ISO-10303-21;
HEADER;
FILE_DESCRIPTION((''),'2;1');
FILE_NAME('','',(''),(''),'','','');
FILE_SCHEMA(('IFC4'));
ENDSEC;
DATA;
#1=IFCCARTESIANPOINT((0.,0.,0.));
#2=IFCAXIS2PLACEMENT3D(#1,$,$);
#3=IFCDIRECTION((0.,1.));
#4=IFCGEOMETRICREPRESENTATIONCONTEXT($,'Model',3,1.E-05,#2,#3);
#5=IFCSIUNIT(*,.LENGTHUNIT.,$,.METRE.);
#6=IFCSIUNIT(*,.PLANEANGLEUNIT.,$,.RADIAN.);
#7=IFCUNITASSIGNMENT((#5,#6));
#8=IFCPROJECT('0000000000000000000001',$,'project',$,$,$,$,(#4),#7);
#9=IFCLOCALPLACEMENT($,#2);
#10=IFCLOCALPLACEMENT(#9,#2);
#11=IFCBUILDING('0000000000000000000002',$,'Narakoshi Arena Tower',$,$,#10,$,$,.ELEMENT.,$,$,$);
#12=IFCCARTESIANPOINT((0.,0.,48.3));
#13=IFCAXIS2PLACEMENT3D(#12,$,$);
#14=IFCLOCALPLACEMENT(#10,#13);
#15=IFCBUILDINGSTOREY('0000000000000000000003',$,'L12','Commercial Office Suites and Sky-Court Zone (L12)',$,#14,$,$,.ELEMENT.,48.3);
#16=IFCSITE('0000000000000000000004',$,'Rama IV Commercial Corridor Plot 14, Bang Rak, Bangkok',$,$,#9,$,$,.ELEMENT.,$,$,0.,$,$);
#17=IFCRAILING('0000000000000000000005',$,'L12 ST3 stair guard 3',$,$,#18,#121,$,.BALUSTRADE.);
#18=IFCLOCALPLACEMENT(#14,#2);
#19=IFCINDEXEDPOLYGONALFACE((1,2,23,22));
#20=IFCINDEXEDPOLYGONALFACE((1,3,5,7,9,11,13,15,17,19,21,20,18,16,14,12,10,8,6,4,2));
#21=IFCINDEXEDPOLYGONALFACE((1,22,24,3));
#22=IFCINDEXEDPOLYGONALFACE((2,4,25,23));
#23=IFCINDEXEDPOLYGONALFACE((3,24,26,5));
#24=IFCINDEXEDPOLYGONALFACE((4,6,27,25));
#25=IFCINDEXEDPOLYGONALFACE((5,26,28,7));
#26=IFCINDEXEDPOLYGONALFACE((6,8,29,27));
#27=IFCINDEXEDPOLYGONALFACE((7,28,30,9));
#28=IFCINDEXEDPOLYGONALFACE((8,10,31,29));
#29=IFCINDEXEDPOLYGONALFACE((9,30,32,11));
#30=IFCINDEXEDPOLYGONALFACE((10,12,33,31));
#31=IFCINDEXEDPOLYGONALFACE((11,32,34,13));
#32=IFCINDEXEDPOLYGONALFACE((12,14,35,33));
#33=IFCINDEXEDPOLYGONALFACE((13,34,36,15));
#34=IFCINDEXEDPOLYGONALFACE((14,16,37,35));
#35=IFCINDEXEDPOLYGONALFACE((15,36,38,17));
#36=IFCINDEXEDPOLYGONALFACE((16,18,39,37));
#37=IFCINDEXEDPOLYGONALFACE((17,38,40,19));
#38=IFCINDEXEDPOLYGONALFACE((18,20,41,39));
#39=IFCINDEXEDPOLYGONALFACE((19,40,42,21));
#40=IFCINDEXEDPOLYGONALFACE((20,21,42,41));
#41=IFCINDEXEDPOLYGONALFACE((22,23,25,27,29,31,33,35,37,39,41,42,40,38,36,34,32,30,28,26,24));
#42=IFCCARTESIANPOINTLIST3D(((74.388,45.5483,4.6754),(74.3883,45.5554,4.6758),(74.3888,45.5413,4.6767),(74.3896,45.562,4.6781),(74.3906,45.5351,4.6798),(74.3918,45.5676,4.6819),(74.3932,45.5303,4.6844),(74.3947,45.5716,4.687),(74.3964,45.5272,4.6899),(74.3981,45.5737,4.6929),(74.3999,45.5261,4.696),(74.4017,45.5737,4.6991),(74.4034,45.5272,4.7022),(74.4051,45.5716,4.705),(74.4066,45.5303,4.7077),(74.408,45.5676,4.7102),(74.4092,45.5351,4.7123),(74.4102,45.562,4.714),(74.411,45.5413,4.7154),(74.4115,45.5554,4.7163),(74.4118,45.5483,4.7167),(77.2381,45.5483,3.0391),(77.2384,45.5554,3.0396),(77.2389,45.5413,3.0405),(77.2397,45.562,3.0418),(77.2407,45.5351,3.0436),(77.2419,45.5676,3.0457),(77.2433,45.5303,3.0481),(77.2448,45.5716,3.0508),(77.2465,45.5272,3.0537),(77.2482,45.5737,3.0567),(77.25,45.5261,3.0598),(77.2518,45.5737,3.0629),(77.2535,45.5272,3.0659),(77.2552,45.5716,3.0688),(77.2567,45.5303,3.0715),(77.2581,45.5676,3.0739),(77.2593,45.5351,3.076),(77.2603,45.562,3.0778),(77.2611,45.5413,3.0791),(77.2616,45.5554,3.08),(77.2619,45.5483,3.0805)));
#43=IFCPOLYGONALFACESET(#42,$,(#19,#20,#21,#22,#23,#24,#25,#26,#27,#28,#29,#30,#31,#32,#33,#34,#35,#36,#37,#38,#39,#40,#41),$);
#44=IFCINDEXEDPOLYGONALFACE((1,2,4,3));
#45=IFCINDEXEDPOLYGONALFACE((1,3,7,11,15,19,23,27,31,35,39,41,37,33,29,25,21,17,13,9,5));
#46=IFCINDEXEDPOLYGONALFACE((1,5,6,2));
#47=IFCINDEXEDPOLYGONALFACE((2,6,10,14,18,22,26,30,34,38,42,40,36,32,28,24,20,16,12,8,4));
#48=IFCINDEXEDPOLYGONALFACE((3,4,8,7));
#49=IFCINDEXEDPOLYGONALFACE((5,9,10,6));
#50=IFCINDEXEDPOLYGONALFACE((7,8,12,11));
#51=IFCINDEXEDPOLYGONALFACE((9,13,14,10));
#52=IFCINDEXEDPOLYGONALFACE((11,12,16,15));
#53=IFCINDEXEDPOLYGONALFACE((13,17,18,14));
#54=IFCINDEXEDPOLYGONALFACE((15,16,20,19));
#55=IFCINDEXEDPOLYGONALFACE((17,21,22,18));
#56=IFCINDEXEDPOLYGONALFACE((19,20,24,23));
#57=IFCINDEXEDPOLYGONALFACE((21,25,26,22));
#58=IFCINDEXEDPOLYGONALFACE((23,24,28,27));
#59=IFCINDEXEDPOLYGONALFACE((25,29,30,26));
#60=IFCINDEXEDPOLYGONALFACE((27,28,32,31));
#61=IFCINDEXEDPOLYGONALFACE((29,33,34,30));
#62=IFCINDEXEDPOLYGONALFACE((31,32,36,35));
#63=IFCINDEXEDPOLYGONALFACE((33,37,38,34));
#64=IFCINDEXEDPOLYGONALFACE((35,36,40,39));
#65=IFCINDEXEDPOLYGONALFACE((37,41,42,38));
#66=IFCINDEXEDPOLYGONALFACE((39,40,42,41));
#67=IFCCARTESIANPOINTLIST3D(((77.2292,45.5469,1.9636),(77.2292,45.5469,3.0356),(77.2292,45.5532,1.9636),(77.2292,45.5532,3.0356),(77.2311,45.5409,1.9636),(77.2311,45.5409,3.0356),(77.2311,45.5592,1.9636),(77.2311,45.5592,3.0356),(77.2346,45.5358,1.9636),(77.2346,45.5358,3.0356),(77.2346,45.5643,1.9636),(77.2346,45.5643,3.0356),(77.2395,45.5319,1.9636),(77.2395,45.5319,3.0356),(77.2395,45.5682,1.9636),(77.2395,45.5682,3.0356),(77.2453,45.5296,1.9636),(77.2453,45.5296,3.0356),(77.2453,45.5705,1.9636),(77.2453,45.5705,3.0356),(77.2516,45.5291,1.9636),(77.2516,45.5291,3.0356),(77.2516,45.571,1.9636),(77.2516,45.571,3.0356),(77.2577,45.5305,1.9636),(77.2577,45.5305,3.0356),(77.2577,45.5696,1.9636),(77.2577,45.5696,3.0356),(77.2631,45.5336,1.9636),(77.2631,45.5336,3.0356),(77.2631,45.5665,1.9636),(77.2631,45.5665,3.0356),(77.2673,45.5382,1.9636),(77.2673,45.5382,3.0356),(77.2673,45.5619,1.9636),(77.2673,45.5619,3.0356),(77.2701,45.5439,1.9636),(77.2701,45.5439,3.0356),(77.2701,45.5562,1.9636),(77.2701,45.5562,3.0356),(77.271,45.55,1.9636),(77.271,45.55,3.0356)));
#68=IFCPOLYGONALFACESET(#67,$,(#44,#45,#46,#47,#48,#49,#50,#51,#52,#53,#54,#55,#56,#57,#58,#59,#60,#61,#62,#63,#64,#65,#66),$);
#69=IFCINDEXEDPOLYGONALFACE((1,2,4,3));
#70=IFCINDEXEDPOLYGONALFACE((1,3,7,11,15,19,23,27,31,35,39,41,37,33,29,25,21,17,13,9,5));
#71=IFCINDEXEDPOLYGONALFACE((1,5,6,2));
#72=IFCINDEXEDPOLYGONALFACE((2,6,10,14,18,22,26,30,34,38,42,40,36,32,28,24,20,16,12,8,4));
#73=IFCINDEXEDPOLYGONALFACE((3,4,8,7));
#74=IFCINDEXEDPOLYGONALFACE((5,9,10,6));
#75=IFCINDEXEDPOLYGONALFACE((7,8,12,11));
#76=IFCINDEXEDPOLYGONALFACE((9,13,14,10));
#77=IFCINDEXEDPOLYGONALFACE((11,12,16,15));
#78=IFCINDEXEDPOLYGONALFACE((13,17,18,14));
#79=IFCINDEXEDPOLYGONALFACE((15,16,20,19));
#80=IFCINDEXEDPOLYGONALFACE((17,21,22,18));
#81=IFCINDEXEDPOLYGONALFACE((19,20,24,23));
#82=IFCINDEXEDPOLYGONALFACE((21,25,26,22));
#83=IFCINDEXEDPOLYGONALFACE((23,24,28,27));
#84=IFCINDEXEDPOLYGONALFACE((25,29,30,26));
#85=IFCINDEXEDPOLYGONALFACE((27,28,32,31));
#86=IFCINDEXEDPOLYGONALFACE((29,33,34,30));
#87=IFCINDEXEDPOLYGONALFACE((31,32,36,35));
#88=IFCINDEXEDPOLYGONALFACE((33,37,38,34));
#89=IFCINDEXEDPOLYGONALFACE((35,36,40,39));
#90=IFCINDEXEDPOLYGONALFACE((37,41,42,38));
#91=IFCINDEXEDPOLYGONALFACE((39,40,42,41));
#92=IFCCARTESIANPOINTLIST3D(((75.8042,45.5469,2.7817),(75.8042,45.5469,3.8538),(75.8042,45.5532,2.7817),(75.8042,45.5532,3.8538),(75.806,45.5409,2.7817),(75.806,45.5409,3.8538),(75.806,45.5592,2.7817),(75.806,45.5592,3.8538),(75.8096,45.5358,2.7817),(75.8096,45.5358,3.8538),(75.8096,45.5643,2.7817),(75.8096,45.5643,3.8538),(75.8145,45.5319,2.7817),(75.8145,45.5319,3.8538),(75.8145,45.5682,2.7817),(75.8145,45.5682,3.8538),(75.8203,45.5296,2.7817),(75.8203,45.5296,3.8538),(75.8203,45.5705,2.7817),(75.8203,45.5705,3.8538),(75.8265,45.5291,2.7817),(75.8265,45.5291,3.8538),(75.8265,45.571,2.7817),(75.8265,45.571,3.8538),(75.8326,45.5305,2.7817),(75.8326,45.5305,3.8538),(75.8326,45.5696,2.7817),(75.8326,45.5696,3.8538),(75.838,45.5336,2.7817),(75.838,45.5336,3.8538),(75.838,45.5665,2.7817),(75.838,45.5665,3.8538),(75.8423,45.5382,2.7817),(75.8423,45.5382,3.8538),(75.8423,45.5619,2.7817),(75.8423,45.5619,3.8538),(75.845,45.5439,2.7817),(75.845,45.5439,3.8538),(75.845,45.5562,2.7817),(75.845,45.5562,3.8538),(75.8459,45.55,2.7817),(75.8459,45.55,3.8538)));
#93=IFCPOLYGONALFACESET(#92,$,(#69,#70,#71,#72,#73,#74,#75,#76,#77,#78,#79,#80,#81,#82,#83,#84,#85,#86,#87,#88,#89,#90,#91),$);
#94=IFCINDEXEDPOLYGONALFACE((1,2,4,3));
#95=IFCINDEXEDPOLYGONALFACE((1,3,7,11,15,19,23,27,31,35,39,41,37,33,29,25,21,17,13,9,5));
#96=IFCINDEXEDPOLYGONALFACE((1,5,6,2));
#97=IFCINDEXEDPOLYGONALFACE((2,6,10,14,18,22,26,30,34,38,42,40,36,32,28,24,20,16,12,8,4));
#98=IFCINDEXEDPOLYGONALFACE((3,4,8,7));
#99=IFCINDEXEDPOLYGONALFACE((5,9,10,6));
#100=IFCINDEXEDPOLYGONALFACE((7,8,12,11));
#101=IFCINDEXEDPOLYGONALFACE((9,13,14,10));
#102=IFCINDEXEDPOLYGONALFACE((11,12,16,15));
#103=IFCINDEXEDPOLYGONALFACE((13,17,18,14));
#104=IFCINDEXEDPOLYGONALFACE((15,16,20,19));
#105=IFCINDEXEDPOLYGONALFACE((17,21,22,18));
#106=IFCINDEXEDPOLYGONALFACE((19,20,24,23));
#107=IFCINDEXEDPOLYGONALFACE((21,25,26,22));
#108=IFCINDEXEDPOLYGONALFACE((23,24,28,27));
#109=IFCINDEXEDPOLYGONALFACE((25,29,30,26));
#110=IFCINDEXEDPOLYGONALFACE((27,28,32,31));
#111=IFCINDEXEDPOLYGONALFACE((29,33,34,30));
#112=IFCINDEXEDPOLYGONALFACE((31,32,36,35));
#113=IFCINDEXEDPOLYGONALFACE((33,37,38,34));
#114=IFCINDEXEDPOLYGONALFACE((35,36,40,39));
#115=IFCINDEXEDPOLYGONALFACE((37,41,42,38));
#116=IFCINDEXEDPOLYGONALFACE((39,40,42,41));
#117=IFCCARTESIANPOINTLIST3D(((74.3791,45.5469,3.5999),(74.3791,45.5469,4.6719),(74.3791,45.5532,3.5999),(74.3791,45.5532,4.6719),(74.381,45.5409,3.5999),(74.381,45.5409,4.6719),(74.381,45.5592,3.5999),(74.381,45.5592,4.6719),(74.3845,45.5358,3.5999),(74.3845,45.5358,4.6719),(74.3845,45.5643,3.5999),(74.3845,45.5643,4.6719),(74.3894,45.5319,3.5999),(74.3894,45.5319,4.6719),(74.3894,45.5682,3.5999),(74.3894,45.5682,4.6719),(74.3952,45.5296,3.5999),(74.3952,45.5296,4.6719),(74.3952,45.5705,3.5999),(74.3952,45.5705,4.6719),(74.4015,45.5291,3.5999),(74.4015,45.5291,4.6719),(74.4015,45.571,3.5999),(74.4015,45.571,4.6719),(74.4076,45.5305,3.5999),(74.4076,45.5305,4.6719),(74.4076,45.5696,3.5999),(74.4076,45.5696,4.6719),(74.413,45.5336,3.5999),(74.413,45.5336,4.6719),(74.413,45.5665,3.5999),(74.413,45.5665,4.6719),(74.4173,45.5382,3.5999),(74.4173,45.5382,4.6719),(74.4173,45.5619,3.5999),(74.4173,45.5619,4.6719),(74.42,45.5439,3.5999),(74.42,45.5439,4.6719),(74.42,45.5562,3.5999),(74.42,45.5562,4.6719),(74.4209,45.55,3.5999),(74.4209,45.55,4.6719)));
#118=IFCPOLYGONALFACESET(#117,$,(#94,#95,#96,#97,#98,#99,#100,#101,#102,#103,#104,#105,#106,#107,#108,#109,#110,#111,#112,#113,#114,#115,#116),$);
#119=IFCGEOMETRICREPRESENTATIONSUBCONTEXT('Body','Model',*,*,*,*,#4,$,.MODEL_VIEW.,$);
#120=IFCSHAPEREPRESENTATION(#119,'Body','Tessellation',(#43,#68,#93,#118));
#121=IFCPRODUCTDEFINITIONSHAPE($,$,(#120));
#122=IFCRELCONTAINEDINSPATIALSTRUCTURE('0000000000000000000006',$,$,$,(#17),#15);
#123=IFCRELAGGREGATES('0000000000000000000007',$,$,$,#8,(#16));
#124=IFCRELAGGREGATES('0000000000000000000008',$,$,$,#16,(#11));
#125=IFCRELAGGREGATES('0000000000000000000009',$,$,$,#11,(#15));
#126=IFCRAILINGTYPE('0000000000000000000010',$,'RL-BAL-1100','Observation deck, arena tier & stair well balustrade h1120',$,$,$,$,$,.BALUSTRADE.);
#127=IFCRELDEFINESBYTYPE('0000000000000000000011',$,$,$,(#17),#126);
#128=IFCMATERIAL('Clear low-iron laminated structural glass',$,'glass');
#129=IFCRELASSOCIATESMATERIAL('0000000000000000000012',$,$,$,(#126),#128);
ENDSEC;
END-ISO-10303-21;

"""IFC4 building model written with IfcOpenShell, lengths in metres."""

from ifc_helpers import new_model, si_unit, direction, frame, origin, origin_2d, place, context, subcontext, project, spatial, circle, extrude, material, type_object, element, save


model = new_model("IFC4")

# Units and contexts
model_context = context("Model", 3, precision=1e-05, world=origin(), true_north=direction((0.0, 1.0)))
body_context = subcontext(model_context, "Body", "Model", "MODEL_VIEW")
ifc_project = project(units=[si_unit("LENGTHUNIT", "METRE"), si_unit("PLANEANGLEUNIT", "RADIAN")], contexts=[model_context])

# Site, building, storey
site_placement = place(None, origin())
site = spatial("IfcSite", under=ifc_project, at=site_placement, Name="Rama IV Commercial Corridor Plot 14, Bang Rak, Bangkok", CompositionType="ELEMENT", RefElevation=0.0)
building_placement = place(site_placement, origin())
building = spatial("IfcBuilding", under=site, at=building_placement, Name="Narakoshi Arena Tower", CompositionType="ELEMENT")
storey_placement = place(building_placement, frame((0.0, 0.0, 48.3)))
storey = spatial("IfcBuildingStorey", under=building, at=storey_placement, Name="L12", Description="Commercial Office Suites and Sky-Court Zone (L12)", CompositionType="ELEMENT", Elevation=48.3)

# Railing
ifc_material_1 = material(Name="Clear low-iron laminated structural glass", Category="glass")
railing_type_1 = type_object("IfcRailingType", Name="RL-BAL-1100", Description="Observation deck, arena tier & stair well balustrade h1120", PredefinedType="BALUSTRADE", material=ifc_material_1)
railing_1_placement = place(storey_placement, frame((77.25, 45.55, 1.9636)))
element("IfcRailing", 1, at=railing_1_placement, inside=storey, type_object=railing_type_1, Name="L12 ST3 stair guard 3", PredefinedType="BALUSTRADE", context=body_context, shape_type="SweptSolid", body=[
    extrude(circle(Radius=0.0239, at=origin_2d()), frame((0.0, 0.0, 1.0962), z_axis=(-0.867245, 0.0, 0.497882), x_axis=(0.0, -1.0, 0.0)), (0.0, 0.0, 1.0), 3.2864),
    extrude(circle(Radius=0.021, at=origin_2d()), origin(), (0.0, 0.0, 1.0), 1.072),
    extrude(circle(Radius=0.021, at=origin_2d()), frame((-1.425, 0.0, 0.8181)), (0.0, 0.0, 1.0), 1.072),
    extrude(circle(Radius=0.021, at=origin_2d()), frame((-2.8501, 0.0, 1.6362)), (0.0, 0.0, 1.0), 1.072),
])

save(model, "model.ifc")
